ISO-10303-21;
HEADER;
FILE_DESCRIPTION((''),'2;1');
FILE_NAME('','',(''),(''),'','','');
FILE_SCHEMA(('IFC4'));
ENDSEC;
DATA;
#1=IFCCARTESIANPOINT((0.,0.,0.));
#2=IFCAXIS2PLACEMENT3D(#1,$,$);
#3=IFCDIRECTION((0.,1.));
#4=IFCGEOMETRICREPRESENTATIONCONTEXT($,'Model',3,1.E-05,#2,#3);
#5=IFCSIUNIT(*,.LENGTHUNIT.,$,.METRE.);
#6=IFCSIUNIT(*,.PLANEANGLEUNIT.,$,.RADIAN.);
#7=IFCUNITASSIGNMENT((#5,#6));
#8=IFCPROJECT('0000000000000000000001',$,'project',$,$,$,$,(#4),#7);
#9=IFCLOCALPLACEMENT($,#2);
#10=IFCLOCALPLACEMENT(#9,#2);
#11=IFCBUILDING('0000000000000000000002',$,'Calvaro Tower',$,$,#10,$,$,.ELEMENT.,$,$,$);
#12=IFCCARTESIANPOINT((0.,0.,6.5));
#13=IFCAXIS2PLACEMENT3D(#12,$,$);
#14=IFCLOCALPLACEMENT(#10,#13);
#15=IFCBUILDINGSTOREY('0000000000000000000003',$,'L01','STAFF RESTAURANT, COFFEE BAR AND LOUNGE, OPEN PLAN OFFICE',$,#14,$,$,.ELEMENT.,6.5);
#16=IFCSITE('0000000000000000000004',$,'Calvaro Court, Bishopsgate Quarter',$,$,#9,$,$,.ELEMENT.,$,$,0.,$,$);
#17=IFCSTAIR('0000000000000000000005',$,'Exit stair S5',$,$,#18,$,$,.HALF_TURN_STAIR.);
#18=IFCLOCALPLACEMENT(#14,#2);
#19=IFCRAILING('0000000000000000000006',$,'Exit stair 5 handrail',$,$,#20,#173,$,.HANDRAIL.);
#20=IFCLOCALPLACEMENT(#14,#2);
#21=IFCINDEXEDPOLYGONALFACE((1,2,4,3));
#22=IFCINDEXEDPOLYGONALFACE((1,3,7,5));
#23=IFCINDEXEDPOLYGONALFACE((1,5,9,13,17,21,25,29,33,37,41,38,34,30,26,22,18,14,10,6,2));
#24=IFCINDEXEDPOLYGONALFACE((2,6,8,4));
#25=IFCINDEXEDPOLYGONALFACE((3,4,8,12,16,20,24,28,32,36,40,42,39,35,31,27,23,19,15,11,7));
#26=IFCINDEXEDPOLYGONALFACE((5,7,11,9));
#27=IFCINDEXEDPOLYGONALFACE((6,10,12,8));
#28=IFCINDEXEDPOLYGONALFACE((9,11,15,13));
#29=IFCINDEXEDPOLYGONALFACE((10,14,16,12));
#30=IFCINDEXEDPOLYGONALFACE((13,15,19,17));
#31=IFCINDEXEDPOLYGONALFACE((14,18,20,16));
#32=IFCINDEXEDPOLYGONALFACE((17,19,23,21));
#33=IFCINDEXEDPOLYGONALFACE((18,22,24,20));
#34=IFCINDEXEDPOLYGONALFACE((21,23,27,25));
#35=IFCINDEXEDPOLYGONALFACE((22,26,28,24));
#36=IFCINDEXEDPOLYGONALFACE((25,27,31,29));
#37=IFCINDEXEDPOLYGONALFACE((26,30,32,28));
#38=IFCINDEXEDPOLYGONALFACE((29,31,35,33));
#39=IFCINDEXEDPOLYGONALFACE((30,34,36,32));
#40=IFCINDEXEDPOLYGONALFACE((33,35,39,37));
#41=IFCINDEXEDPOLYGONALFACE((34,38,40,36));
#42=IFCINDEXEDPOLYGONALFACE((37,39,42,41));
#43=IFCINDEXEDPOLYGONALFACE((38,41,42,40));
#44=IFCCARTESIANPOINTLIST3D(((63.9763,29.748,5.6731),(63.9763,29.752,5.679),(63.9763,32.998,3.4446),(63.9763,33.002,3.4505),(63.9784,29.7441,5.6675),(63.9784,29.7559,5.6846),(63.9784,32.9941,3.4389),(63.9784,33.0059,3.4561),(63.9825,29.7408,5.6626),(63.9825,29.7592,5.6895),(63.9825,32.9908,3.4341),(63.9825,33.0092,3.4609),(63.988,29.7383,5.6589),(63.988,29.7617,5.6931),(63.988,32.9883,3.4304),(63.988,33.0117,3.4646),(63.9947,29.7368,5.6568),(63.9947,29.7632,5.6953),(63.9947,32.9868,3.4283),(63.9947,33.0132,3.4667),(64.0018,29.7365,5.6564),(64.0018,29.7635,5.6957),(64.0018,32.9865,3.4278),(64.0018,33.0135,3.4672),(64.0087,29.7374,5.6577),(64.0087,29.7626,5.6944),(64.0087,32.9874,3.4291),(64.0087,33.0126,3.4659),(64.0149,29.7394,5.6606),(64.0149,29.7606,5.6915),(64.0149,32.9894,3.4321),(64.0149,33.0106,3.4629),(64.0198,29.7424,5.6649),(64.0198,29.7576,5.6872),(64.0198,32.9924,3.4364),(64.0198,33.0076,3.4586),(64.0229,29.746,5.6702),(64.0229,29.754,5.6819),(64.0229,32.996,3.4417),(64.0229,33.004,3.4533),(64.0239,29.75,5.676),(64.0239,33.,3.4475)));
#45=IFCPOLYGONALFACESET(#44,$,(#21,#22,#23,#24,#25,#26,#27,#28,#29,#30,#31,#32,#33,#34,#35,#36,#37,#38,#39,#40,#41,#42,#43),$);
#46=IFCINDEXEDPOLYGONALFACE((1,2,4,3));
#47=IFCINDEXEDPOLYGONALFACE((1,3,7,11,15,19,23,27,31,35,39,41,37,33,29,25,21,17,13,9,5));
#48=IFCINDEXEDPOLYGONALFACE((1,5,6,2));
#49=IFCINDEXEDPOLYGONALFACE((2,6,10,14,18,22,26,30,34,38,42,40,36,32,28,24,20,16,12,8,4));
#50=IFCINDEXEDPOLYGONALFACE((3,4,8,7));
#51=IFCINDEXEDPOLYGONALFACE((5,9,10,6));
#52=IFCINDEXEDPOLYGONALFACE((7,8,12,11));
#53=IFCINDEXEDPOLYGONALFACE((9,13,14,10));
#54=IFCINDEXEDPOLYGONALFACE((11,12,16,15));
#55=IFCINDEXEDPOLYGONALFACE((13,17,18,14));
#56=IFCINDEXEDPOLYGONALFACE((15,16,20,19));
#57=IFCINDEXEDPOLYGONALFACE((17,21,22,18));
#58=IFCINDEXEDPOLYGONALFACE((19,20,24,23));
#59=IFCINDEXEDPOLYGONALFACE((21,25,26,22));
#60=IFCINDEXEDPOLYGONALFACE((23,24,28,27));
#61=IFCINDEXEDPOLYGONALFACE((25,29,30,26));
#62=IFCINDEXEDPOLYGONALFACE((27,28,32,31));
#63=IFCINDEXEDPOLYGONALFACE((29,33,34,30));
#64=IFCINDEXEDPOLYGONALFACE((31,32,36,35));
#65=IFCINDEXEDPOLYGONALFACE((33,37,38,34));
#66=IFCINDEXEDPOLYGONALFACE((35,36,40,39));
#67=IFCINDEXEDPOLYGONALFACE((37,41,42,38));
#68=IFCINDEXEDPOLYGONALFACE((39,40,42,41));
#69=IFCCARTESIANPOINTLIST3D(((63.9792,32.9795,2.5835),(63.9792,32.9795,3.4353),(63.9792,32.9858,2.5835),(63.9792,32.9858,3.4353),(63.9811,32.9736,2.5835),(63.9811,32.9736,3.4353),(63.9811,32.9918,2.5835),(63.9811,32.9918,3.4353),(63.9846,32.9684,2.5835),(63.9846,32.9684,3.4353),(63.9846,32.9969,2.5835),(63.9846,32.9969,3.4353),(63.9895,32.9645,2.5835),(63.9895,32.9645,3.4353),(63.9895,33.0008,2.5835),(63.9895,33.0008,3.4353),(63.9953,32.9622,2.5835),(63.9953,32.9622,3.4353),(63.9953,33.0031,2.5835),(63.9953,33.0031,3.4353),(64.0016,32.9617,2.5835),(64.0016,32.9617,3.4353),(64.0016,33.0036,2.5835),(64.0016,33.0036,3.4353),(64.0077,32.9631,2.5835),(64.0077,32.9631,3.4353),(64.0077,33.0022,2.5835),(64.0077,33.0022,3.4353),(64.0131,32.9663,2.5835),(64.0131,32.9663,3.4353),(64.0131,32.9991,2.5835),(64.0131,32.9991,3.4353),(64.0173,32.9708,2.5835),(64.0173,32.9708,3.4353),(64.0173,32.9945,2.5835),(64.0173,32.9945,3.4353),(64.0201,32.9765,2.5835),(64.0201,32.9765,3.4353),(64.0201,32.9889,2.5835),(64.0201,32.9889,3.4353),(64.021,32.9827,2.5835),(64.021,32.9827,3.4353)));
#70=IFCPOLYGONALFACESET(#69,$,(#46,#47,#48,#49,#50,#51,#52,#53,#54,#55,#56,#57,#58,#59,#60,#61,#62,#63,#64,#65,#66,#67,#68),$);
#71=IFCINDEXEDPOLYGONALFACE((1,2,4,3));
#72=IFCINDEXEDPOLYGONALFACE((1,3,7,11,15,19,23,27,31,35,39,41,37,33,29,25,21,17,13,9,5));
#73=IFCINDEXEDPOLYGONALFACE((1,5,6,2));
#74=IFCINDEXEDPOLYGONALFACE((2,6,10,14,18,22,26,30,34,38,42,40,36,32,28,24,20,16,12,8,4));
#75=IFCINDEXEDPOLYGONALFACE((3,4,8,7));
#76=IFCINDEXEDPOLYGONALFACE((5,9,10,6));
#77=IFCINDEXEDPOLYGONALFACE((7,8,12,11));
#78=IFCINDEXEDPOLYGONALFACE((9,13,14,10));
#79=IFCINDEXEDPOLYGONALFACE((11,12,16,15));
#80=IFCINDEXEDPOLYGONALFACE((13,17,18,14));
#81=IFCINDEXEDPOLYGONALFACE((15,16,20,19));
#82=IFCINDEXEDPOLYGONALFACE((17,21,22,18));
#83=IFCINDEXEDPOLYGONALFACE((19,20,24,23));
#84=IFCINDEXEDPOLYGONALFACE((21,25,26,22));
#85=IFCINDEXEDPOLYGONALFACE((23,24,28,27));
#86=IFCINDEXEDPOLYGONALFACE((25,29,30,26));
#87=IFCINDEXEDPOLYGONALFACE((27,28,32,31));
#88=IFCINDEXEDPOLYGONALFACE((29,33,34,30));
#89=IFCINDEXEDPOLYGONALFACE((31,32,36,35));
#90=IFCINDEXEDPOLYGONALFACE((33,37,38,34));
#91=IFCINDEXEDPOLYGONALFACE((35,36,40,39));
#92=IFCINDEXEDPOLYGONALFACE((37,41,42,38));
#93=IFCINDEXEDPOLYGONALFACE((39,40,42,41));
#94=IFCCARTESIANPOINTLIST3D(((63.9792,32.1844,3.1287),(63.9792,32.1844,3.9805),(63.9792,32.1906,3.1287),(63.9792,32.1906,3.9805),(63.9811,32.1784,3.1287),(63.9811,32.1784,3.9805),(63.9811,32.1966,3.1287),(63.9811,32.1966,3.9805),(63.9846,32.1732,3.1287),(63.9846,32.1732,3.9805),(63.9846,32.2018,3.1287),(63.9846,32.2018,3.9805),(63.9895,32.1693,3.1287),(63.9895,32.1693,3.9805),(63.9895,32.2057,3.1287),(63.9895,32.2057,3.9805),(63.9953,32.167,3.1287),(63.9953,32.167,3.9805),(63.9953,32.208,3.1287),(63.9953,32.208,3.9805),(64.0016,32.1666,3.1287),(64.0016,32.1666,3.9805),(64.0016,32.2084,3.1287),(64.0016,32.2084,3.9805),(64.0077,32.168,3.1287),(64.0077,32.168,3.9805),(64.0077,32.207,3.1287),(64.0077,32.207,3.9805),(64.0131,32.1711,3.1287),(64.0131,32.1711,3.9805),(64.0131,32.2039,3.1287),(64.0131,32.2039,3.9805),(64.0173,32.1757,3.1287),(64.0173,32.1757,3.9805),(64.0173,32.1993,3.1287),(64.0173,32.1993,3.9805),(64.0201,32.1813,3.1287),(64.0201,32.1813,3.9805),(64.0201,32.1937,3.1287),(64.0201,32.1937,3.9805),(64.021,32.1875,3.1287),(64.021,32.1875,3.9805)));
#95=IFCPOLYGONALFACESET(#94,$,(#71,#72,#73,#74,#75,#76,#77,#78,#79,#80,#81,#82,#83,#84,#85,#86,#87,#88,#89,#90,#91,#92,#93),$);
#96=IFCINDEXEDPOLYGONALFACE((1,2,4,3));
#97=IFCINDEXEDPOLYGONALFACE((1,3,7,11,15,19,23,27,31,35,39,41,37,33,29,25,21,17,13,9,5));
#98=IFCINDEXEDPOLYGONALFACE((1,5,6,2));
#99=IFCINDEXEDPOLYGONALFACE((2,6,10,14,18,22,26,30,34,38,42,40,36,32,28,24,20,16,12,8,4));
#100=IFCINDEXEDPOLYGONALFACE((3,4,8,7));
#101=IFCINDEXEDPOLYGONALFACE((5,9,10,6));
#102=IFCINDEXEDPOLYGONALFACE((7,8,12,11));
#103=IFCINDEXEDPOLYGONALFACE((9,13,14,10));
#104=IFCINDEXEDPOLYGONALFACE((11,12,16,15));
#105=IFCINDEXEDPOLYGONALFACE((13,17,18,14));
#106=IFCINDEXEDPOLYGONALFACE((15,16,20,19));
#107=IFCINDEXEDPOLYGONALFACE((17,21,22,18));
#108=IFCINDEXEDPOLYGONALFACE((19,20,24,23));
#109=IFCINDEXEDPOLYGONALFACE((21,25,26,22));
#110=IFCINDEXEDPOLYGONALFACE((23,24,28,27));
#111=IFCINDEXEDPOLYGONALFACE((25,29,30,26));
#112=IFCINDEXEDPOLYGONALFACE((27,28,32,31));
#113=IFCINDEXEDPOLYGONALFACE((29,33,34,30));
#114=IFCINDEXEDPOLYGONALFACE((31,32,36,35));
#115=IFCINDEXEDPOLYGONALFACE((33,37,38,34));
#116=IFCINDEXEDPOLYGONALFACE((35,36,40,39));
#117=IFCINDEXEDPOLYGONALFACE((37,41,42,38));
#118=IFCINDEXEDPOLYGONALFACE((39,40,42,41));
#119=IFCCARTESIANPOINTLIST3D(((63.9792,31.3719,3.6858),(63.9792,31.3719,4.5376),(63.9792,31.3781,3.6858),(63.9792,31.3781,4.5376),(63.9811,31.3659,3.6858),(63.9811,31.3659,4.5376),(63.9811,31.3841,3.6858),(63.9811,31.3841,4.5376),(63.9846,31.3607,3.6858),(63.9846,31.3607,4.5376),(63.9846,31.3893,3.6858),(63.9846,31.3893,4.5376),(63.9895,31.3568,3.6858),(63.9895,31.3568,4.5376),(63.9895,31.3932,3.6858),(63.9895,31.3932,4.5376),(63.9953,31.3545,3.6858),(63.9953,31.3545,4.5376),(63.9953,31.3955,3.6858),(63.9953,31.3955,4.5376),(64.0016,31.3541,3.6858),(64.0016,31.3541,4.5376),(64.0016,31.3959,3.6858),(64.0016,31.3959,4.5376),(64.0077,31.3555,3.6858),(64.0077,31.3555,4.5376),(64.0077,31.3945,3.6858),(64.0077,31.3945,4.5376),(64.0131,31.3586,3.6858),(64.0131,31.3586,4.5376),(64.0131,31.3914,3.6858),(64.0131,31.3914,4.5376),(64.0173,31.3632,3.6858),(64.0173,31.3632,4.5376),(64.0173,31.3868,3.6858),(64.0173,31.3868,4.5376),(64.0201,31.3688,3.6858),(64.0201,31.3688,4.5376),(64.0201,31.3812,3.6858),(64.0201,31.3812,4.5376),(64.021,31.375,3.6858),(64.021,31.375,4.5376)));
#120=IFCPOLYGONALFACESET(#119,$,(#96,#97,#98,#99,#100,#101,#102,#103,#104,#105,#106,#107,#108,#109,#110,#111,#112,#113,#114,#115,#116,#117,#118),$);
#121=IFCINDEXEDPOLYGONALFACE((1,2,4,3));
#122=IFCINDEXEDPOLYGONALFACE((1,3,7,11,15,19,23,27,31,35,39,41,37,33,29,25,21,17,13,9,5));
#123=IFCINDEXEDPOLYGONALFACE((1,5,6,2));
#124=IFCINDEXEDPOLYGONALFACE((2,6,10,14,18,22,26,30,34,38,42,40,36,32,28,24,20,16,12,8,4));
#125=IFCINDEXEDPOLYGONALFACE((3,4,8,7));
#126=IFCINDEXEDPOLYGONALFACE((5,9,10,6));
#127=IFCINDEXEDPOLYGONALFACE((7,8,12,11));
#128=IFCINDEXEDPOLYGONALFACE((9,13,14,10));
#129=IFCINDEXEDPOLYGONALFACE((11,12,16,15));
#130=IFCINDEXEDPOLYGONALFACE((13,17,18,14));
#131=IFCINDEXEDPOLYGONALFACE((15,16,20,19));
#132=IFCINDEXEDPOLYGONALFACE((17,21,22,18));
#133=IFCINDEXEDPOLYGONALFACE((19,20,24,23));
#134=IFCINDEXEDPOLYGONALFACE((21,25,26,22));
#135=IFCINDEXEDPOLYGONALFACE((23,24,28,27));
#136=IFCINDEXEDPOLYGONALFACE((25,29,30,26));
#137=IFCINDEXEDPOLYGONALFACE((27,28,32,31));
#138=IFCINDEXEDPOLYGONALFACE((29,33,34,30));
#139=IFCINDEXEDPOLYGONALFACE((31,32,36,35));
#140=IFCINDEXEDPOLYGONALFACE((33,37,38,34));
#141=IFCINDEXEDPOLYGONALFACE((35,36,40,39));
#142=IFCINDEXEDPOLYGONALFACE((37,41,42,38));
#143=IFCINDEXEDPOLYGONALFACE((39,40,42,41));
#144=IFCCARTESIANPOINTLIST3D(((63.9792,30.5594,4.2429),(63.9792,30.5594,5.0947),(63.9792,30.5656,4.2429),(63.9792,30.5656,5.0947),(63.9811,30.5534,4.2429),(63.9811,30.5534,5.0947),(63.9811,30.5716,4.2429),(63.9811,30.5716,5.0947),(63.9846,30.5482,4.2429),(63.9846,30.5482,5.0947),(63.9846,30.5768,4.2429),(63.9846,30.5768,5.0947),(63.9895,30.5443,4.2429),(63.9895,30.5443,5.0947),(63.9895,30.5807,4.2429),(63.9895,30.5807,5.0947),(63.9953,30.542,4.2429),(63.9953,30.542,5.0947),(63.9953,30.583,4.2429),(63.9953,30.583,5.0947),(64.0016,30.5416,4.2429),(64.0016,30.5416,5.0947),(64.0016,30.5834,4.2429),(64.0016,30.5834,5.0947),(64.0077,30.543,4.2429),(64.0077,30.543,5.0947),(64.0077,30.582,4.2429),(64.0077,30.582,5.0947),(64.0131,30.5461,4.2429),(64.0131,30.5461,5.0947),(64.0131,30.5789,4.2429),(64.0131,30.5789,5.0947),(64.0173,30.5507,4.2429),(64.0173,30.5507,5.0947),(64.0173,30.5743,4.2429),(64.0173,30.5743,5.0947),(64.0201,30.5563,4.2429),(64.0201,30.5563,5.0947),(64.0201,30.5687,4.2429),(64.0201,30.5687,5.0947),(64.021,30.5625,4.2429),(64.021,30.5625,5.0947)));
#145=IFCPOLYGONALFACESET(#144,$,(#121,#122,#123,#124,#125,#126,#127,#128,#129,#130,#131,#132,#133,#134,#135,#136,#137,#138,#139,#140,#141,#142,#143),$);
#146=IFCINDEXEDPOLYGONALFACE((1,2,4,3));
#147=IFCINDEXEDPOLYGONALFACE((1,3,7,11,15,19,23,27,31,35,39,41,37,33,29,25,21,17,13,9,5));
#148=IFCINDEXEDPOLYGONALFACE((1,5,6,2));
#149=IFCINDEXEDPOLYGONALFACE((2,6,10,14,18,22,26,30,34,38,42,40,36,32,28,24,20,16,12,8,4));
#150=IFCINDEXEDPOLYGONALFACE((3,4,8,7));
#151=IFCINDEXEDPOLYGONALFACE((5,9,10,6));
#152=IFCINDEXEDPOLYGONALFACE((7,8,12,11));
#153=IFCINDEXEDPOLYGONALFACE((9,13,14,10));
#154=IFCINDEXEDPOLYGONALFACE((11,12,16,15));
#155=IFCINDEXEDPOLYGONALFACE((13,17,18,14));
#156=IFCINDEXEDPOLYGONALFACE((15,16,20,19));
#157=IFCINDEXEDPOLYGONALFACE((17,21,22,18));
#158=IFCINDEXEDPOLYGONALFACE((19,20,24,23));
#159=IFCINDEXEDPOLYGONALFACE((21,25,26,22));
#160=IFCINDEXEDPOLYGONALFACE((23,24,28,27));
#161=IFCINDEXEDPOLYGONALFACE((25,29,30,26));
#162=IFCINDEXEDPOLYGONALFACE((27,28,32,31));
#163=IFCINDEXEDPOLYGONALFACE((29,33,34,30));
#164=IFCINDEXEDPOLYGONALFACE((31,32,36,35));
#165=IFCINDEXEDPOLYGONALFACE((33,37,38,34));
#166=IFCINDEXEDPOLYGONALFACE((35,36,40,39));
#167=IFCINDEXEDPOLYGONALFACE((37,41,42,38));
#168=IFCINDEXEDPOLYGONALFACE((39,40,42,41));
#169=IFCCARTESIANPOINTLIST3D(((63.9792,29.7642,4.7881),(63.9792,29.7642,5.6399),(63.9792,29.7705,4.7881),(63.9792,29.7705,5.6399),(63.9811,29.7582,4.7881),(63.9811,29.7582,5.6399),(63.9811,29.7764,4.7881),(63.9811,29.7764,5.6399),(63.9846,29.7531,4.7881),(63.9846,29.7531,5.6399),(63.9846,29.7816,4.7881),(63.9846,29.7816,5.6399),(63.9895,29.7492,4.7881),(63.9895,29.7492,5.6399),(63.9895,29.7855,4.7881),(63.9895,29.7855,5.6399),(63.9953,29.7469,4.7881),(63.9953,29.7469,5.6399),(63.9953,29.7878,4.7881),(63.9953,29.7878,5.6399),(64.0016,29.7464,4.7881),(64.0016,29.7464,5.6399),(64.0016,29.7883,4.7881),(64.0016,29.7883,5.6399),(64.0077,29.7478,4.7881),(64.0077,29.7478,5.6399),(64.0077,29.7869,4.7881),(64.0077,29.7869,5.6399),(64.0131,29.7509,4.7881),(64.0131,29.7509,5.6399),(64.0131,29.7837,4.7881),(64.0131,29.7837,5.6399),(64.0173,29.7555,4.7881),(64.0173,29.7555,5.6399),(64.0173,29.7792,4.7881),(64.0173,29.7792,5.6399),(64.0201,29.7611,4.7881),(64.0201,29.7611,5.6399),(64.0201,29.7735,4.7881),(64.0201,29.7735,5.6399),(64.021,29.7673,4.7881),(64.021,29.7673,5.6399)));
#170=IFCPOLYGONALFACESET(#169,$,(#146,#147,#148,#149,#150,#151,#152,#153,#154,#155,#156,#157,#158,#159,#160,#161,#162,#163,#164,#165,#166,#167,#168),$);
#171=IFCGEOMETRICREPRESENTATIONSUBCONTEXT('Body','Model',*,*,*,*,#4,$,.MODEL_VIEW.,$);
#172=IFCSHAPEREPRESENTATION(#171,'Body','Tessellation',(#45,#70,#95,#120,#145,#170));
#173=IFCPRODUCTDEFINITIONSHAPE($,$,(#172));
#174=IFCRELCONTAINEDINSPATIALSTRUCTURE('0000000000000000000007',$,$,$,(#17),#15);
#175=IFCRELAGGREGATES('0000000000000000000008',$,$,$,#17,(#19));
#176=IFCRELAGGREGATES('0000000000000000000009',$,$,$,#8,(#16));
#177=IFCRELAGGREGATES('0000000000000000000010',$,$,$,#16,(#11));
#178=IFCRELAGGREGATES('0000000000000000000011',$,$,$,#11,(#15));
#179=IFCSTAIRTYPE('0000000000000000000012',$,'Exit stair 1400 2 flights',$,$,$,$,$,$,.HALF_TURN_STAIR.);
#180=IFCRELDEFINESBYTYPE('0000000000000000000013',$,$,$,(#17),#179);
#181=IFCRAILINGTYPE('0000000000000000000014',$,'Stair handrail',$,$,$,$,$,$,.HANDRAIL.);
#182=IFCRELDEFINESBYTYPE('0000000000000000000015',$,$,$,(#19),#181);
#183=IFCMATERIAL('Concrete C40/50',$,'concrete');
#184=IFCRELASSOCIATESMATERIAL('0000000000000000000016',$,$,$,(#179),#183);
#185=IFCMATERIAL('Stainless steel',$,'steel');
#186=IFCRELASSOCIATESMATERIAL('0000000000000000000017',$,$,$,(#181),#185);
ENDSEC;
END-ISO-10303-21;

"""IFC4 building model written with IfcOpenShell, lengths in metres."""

from ifc_helpers import new_model, si_unit, direction, frame, origin, origin_2d, place, context, subcontext, project, spatial, circle, extrude, material, type_object, element, aggregate, save


model = new_model("IFC4")

# Units and contexts
model_context = context("Model", 3, precision=1e-05, world=origin(), true_north=direction((0.0, 1.0)))
body_context = subcontext(model_context, "Body", "Model", "MODEL_VIEW")
ifc_project = project(units=[si_unit("LENGTHUNIT", "METRE"), si_unit("PLANEANGLEUNIT", "RADIAN")], contexts=[model_context])

# Site, building, storey
site_placement = place(None, origin())
site = spatial("IfcSite", under=ifc_project, at=site_placement, Name="Calvaro Court, Bishopsgate Quarter", CompositionType="ELEMENT", RefElevation=0.0)
building_placement = place(site_placement, origin())
building = spatial("IfcBuilding", under=site, at=building_placement, Name="Calvaro Tower", CompositionType="ELEMENT")
storey_placement = place(building_placement, frame((0.0, 0.0, 6.5)))
storey = spatial("IfcBuildingStorey", under=building, at=storey_placement, Name="L01", Description="STAFF RESTAURANT, COFFEE BAR AND LOUNGE, OPEN PLAN OFFICE", CompositionType="ELEMENT", Elevation=6.5)

# Stair
ifc_material_1 = material(Name="Concrete C40/50", Category="concrete")
stair_type_1 = type_object("IfcStairType", Name="Exit stair 1400 2 flights", PredefinedType="HALF_TURN_STAIR", material=ifc_material_1)
stair_1_placement = place(storey_placement, origin())
stair_1 = element("IfcStair", 1, at=stair_1_placement, inside=storey, type_object=stair_type_1, Name="Exit stair S5", PredefinedType="HALF_TURN_STAIR")

# Railing
ifc_material_2 = material(Name="Stainless steel", Category="steel")
railing_type = type_object("IfcRailingType", Name="Stair handrail", PredefinedType="HANDRAIL", material=ifc_material_2)
railing_1_placement = place(storey_placement, frame((64.0, 33.0, 2.5715)))
railing_1 = element("IfcRailing", 2, at=railing_1_placement, type_object=railing_type, Name="Exit stair 5 handrail", PredefinedType="HANDRAIL", context=body_context, shape_type="SweptSolid", body=[
    extrude(circle(Radius=0.0239, at=origin_2d()), frame((0.0, 0.0, 0.876), z_axis=(0.0, -0.824735, 0.565519), x_axis=(1.0, 0.0, 0.0)), (0.0, 0.0, 1.0), 3.9407),
    extrude(circle(Radius=0.021, at=origin_2d()), frame((0.0, -0.0173, 0.012)), (0.0, 0.0, 1.0), 0.8518),
    extrude(circle(Radius=0.021, at=origin_2d()), frame((0.0, -0.8125, 0.5571)), (0.0, 0.0, 1.0), 0.8518),
    extrude(circle(Radius=0.021, at=origin_2d()), frame((0.0, -1.625, 1.1143)), (0.0, 0.0, 1.0), 0.8518),
    extrude(circle(Radius=0.021, at=origin_2d()), frame((0.0, -2.4375, 1.6714)), (0.0, 0.0, 1.0), 0.8518),
    extrude(circle(Radius=0.021, at=origin_2d()), frame((0.0, -3.2327, 2.2166)), (0.0, 0.0, 1.0), 0.8518),
])
aggregate(stair_1, [railing_1])

save(model, "model.ifc")
